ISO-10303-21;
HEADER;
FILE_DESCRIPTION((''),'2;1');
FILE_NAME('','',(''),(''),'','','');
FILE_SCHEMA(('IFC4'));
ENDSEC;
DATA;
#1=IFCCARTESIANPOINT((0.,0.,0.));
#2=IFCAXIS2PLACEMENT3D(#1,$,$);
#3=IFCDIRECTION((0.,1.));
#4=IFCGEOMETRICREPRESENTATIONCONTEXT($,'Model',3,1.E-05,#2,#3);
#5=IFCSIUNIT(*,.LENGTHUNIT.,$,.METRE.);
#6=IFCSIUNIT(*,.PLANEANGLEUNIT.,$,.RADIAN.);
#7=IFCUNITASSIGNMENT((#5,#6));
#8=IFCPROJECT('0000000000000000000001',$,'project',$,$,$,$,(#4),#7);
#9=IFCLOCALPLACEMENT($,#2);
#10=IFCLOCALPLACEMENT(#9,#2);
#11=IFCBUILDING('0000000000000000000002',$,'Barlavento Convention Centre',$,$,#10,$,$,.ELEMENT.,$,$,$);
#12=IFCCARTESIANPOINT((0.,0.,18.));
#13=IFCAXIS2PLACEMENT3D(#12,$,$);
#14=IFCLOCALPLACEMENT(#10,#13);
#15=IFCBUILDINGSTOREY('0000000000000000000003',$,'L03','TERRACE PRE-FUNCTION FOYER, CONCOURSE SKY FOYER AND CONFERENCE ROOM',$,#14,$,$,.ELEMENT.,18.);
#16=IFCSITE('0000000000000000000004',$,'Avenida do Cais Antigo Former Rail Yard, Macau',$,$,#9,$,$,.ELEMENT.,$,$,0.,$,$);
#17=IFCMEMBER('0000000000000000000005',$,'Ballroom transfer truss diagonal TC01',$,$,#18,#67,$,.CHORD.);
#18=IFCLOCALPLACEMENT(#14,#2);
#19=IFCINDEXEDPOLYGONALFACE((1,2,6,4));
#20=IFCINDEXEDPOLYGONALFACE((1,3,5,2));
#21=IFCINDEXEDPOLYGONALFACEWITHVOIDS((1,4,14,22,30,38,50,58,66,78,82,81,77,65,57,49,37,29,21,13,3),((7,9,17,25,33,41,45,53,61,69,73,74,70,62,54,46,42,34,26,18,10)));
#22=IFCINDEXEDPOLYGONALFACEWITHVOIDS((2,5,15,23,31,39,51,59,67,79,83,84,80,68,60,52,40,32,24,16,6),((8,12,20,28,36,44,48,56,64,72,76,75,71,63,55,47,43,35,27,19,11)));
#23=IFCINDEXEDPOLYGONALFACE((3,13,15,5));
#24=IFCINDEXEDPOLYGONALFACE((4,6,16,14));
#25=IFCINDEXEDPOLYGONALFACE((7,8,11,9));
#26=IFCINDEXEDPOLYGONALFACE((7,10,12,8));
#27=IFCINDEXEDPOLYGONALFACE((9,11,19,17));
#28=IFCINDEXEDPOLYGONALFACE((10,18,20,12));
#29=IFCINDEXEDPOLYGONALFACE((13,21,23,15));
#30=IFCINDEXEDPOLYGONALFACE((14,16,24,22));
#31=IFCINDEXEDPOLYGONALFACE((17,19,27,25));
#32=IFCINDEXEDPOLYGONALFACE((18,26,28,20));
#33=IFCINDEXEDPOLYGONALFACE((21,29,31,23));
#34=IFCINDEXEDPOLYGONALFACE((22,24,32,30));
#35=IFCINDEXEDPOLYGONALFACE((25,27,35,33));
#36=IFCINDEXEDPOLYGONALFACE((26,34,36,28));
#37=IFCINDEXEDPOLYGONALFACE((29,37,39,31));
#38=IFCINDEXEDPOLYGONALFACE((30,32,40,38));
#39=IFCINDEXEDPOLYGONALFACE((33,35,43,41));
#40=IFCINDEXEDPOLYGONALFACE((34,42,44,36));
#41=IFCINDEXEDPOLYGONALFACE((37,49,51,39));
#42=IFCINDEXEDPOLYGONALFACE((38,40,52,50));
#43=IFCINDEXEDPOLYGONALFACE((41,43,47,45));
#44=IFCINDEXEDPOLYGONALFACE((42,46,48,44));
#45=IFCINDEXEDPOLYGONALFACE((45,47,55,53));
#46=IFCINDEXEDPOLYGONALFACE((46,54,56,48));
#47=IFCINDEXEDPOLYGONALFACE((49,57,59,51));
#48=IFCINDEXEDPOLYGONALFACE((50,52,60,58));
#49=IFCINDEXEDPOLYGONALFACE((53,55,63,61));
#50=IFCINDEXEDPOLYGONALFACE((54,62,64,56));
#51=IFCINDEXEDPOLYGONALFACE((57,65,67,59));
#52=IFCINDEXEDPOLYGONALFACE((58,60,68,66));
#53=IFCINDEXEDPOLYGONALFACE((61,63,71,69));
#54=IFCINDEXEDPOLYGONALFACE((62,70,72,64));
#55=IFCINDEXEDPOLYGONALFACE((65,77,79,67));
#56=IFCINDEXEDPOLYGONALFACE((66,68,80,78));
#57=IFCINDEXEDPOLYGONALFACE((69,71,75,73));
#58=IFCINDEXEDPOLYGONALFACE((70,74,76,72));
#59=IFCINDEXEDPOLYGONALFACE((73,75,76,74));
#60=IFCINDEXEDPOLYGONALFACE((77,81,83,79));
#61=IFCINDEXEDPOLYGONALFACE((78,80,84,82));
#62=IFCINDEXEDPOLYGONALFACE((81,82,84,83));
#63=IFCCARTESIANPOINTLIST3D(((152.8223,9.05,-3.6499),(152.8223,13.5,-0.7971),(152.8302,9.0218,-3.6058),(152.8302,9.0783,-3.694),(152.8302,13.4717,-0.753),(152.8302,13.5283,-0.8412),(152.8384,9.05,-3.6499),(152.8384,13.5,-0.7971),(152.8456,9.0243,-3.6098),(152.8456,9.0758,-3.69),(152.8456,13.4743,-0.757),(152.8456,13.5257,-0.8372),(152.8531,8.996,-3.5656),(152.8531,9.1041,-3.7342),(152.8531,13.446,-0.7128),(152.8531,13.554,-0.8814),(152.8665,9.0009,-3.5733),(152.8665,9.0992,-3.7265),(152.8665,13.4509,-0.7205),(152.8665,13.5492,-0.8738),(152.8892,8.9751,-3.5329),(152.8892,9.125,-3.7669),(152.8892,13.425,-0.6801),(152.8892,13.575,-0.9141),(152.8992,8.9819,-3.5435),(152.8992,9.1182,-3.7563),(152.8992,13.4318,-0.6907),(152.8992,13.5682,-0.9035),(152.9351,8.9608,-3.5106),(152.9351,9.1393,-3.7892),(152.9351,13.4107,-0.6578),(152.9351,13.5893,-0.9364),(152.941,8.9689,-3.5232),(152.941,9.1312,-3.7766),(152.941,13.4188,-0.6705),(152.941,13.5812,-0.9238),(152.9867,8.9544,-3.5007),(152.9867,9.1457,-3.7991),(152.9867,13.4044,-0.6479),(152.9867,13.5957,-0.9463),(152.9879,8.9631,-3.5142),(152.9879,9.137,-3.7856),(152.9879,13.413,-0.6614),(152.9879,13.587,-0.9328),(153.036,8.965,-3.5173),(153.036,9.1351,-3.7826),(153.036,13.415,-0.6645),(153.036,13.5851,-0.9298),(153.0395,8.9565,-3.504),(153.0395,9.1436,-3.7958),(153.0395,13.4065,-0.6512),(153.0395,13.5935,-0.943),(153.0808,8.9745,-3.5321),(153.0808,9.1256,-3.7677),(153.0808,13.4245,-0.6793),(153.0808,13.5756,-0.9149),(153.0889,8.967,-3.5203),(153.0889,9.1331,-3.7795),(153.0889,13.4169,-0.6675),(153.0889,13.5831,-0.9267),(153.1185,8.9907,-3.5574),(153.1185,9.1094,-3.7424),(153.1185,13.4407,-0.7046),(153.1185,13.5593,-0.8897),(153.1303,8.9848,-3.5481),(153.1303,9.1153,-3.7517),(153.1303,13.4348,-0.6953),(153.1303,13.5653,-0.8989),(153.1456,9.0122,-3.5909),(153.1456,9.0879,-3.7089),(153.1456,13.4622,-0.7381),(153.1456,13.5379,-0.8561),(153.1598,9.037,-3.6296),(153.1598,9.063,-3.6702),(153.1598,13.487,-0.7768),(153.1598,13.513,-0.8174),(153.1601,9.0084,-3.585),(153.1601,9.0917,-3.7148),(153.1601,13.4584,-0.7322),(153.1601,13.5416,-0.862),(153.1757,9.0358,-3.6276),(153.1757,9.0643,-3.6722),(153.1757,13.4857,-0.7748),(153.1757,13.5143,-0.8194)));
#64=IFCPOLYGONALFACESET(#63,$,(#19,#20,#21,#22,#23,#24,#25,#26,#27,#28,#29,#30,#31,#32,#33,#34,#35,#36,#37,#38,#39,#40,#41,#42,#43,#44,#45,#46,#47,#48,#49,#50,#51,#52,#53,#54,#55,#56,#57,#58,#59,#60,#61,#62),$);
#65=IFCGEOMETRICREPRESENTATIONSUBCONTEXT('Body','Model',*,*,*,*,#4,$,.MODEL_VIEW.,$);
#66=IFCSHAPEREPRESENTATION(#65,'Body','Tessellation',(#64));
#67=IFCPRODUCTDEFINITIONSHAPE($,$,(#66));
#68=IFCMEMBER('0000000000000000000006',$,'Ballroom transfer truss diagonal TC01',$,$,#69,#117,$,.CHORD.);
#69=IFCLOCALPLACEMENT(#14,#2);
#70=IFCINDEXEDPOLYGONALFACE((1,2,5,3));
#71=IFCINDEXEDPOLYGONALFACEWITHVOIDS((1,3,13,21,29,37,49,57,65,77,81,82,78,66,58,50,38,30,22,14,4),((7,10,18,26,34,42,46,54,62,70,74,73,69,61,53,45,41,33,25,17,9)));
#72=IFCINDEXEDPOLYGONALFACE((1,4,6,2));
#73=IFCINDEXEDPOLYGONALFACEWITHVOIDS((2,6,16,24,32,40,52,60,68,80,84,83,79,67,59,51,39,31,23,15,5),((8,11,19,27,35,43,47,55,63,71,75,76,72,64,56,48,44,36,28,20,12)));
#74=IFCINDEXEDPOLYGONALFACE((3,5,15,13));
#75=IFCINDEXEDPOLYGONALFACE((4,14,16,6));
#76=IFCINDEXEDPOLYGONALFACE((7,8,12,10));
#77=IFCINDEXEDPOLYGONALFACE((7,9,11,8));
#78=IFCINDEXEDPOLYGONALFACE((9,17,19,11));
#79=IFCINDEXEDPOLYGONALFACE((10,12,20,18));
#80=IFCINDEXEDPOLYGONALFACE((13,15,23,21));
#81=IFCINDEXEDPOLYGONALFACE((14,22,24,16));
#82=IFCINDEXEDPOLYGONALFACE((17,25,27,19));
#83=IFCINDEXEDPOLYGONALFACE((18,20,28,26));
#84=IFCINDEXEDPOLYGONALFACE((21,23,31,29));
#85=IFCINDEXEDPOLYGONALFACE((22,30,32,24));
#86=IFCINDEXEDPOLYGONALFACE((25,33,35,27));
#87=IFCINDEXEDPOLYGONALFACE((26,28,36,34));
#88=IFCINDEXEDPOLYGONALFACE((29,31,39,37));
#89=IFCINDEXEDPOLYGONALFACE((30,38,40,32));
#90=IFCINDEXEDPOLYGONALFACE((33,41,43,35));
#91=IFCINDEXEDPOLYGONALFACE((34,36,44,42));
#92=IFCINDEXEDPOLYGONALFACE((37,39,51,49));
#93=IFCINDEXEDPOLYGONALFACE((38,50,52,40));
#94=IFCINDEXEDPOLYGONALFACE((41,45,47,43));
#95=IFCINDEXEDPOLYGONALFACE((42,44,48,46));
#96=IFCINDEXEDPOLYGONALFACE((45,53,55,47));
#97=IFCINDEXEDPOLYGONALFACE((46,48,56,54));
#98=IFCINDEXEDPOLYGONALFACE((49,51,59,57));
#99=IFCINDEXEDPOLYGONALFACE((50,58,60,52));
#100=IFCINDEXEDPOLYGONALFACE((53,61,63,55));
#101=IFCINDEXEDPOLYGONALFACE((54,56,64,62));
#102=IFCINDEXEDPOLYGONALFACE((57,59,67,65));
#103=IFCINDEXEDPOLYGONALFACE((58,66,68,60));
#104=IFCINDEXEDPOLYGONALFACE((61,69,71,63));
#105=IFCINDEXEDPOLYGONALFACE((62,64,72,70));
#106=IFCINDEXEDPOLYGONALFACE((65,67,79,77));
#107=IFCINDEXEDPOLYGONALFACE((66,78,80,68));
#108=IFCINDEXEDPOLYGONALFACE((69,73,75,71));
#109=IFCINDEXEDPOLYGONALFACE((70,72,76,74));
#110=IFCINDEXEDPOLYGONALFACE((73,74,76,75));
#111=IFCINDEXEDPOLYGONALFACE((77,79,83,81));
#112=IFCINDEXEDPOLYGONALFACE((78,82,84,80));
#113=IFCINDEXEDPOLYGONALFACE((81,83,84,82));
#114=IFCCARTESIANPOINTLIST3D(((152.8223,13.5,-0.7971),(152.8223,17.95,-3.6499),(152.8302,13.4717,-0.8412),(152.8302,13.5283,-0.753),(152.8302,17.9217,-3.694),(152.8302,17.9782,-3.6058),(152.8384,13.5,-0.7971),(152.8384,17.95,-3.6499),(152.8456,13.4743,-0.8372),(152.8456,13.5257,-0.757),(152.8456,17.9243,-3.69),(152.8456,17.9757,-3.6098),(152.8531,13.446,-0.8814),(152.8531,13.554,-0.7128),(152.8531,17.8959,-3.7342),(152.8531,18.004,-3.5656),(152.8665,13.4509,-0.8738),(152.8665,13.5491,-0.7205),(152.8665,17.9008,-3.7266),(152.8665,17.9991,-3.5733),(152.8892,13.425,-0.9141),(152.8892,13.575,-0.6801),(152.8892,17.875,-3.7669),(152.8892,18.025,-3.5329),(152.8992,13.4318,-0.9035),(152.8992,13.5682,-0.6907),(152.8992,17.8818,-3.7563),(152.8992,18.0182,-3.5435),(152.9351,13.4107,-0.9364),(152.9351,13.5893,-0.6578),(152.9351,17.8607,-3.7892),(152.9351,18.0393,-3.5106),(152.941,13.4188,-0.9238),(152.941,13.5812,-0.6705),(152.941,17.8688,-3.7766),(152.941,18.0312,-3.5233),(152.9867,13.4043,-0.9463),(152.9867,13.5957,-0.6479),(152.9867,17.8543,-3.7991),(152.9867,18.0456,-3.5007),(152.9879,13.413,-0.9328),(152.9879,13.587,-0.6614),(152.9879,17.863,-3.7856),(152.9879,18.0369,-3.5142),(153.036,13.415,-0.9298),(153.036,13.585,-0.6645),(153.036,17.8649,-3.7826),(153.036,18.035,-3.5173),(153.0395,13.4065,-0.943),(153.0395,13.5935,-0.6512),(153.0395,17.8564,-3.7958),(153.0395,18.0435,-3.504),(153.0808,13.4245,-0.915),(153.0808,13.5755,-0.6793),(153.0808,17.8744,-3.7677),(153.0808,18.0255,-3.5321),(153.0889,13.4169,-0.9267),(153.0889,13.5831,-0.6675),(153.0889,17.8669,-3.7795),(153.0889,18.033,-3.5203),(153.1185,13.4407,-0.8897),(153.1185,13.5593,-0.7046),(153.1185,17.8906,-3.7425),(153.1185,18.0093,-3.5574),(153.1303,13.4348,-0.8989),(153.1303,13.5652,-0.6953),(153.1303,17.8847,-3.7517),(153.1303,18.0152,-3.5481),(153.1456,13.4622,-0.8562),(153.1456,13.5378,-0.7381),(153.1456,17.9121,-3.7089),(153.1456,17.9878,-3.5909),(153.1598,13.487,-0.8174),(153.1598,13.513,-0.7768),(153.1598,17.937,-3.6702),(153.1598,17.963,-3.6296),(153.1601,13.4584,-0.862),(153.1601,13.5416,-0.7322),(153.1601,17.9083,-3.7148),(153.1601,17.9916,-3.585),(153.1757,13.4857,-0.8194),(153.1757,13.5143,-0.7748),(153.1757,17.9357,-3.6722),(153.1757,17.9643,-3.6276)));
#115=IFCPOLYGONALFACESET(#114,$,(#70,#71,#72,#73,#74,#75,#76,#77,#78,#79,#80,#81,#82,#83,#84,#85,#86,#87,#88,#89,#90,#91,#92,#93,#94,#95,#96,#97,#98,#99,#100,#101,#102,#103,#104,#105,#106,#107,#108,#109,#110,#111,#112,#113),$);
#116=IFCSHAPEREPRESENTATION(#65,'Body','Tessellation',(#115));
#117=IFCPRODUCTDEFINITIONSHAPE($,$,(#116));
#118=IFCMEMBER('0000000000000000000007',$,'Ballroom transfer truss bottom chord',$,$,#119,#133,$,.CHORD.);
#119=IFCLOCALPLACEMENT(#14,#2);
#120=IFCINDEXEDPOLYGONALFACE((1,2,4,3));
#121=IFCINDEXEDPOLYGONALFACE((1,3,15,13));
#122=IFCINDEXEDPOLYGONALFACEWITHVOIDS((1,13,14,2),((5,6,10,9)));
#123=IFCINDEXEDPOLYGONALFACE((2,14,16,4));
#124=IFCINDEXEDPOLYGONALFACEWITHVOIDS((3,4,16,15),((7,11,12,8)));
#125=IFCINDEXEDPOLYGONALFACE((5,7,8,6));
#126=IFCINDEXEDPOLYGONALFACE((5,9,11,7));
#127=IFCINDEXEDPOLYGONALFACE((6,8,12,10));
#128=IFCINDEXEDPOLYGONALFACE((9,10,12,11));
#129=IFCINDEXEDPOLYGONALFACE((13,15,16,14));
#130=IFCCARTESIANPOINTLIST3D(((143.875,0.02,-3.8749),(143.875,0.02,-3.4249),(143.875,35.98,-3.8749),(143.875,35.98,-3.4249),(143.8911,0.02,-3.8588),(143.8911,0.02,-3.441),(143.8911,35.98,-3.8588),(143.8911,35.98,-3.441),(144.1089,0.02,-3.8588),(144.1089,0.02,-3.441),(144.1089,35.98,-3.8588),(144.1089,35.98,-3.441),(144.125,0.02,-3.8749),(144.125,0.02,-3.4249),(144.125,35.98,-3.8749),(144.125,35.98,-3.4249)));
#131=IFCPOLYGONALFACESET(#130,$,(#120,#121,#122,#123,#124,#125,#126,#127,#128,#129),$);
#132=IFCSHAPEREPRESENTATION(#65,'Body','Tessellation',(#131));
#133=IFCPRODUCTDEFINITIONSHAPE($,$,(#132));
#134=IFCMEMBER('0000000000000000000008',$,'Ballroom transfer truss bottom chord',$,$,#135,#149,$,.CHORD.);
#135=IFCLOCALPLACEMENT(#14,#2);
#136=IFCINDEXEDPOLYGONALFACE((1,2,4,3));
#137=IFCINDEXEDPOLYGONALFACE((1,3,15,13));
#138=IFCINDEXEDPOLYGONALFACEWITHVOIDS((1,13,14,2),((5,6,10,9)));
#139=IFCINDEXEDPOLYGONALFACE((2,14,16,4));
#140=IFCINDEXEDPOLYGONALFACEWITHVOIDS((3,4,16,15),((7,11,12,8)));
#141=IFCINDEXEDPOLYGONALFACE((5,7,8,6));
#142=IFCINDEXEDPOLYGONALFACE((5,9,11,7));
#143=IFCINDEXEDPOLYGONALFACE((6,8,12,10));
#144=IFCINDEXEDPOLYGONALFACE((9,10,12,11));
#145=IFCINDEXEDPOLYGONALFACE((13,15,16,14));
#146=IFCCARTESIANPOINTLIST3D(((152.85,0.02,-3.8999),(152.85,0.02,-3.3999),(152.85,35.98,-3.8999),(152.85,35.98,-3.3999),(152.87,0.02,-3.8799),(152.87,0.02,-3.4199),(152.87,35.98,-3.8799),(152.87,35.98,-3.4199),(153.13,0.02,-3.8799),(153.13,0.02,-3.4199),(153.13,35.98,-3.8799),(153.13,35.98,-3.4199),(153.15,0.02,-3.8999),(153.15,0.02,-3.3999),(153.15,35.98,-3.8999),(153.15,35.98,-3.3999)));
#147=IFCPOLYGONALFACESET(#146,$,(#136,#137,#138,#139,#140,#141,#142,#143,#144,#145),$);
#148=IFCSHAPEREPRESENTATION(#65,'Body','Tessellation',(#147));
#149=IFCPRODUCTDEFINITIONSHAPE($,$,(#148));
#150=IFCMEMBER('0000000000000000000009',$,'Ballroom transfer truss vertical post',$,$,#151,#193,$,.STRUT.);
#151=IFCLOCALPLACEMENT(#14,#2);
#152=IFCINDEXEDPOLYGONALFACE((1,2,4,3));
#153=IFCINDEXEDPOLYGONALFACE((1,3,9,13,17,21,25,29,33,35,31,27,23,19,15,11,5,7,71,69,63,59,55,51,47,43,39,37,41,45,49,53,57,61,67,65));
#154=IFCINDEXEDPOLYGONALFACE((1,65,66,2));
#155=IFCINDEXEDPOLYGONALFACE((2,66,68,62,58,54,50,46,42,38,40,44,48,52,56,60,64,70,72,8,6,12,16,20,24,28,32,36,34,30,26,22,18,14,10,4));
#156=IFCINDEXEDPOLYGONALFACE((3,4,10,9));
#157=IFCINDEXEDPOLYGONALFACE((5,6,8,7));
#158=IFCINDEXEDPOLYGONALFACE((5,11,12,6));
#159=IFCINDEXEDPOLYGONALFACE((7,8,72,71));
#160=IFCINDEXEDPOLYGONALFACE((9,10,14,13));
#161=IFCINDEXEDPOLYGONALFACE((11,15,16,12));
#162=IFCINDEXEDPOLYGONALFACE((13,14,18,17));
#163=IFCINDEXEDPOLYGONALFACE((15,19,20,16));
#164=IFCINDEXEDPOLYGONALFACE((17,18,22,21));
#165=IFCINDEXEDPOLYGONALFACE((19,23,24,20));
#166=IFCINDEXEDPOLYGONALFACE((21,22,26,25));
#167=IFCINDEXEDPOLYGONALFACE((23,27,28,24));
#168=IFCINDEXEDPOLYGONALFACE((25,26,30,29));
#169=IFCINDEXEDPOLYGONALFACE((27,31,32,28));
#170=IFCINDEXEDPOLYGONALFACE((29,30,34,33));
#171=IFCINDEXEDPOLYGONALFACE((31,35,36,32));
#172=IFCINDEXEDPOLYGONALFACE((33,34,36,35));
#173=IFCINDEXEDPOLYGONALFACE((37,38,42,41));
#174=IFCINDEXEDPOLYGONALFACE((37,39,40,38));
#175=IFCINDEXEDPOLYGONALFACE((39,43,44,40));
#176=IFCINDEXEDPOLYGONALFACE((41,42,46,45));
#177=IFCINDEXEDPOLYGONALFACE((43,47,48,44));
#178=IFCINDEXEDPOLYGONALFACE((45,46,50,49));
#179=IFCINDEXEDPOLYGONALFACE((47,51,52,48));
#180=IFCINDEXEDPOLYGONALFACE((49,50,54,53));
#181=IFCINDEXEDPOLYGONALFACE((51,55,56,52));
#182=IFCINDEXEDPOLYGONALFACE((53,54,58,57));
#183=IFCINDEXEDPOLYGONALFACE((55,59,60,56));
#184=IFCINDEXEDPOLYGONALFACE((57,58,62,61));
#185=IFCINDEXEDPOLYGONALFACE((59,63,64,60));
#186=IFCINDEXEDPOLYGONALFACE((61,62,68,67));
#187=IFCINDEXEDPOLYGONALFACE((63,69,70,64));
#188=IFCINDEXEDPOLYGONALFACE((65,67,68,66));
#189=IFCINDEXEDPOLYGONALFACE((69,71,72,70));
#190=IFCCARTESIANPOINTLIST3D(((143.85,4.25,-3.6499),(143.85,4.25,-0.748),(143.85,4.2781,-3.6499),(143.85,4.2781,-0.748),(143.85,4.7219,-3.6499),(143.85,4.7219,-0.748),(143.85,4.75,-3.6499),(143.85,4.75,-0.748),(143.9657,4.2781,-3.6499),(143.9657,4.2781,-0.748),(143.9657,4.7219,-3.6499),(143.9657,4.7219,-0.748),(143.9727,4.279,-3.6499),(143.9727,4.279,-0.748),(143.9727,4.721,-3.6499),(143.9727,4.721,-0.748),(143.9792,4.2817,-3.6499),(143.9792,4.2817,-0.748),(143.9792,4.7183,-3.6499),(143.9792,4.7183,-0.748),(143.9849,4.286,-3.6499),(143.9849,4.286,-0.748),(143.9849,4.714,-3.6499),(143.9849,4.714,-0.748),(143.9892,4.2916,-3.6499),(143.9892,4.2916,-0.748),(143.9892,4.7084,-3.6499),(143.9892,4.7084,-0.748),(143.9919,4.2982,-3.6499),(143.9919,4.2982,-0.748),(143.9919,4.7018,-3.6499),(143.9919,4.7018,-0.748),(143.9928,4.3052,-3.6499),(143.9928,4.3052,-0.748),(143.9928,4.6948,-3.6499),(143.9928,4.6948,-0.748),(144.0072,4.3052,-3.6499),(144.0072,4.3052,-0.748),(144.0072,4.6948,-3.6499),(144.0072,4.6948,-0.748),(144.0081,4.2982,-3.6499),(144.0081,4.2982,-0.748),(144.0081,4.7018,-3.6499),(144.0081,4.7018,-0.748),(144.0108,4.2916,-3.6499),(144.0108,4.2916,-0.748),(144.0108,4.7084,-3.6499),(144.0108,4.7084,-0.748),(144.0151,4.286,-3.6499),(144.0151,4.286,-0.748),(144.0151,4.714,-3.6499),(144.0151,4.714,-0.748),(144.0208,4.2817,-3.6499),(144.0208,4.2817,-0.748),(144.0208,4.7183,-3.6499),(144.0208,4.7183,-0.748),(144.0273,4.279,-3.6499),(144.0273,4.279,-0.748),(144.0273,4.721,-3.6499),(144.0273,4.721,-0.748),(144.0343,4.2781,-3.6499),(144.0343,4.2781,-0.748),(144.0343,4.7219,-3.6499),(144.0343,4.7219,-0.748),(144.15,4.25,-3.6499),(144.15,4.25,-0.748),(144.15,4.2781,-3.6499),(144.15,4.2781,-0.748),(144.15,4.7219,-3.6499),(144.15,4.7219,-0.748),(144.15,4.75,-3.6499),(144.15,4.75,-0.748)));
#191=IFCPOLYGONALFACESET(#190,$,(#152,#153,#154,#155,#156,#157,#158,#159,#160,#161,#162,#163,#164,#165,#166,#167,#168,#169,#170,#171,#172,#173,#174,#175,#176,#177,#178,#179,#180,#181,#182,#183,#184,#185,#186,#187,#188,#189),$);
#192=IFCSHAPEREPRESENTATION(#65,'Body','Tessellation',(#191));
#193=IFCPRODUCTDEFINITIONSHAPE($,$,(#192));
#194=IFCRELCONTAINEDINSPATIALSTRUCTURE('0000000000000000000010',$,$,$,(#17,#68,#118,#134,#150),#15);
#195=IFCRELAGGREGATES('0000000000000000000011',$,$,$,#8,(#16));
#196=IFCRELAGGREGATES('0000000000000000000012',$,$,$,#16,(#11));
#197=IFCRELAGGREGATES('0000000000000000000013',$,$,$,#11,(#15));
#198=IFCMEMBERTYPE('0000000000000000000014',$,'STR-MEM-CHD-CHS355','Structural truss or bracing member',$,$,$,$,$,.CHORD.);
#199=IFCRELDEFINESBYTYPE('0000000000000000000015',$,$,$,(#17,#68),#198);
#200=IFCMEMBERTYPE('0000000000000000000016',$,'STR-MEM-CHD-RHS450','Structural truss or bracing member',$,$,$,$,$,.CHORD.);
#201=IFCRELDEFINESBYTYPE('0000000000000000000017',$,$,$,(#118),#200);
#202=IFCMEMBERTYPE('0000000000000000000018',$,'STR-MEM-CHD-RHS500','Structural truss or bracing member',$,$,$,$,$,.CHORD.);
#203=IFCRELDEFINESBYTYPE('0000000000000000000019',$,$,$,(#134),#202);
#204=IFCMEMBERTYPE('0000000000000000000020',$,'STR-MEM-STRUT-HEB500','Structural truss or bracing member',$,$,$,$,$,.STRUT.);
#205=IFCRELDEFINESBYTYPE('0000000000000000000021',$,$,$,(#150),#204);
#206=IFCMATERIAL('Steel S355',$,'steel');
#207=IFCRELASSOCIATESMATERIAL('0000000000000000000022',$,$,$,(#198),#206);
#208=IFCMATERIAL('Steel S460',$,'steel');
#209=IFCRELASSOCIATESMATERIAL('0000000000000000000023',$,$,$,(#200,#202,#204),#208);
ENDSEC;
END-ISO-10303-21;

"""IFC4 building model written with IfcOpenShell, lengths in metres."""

from ifc_helpers import new_model, si_unit, direction, frame, origin, origin_2d, place, context, subcontext, project, spatial, hollow_rectangle, hollow_circle, i_section, extrude, material, material_profile, profile_set, type_object, element, save


model = new_model("IFC4")

# Units and contexts
model_context = context("Model", 3, precision=1e-05, world=origin(), true_north=direction((0.0, 1.0)))
body_context = subcontext(model_context, "Body", "Model", "MODEL_VIEW")
ifc_project = project(units=[si_unit("LENGTHUNIT", "METRE"), si_unit("PLANEANGLEUNIT", "RADIAN")], contexts=[model_context])

# Site, building, storey
site_placement = place(None, origin())
site = spatial("IfcSite", under=ifc_project, at=site_placement, Name="Avenida do Cais Antigo Former Rail Yard, Macau", CompositionType="ELEMENT", RefElevation=0.0)
building_placement = place(site_placement, origin())
building = spatial("IfcBuilding", under=site, at=building_placement, Name="Barlavento Convention Centre", CompositionType="ELEMENT")
storey_placement = place(building_placement, frame((0.0, 0.0, 18.0)))
storey = spatial("IfcBuildingStorey", under=building, at=storey_placement, Name="L03", Description="TERRACE PRE-FUNCTION FOYER, CONCOURSE SKY FOYER AND CONFERENCE ROOM", CompositionType="ELEMENT", Elevation=18.0)

# Shared definitions
ifc_material_1 = material(Name="Steel S355", Category="steel")
ifc_material_2 = material(Name="Steel S460", Category="steel")

# Members
ifc_material_profile_1 = material_profile(ifc_material_1, hollow_circle(Radius=0.1777, WallThickness=0.0161, at=origin_2d()), Name="CHS 355.6x16.0")
ifc_profile_set_1 = profile_set([ifc_material_profile_1], Name="Steel S355")
member_type_1 = type_object("IfcMemberType", Name="STR-MEM-CHD-CHS355", Description="Structural truss or bracing member", PredefinedType="CHORD", material=ifc_profile_set_1)
for number, where, z_axis, x_axis, name in (
    (1, (153.0, 9.05, -3.6499), (0.0, 0.841858, 0.5397), (-1.0, 0.0, 0.0), "Ballroom transfer truss diagonal TC01"),
    (2, (153.0, 13.5, -0.7971), (0.0, 0.841858, -0.5397), (-1.0, 0.0, 0.0), "Ballroom transfer truss diagonal TC01"),
):
    element("IfcMember", number, at=place(storey_placement, frame(where, z_axis=z_axis, x_axis=x_axis)), inside=storey, type_object=member_type_1, Name=name, PredefinedType="CHORD", context=body_context, shape_type="SweptSolid", body=[
        extrude(hollow_circle(Radius=0.1777, WallThickness=0.0161, at=origin_2d()), origin(), (0.0, 0.0, 1.0), 5.2859),
    ])
ifc_material_profile_2 = material_profile(ifc_material_2, hollow_rectangle(XDim=0.25, YDim=0.45, WallThickness=0.0161, at=origin_2d()), Name="RHS 450x250x16.0")
ifc_profile_set_2 = profile_set([ifc_material_profile_2], Name="Steel S460")
member_type_2 = type_object("IfcMemberType", Name="STR-MEM-CHD-RHS450", Description="Structural truss or bracing member", PredefinedType="CHORD", material=ifc_profile_set_2)
member_1_placement = place(storey_placement, frame((144.0, 0.02, -3.6499), z_axis=(0.0, 1.0, 0.0), x_axis=(-1.0, 0.0, 0.0)))
element("IfcMember", 3, at=member_1_placement, inside=storey, type_object=member_type_2, Name="Ballroom transfer truss bottom chord", PredefinedType="CHORD", context=body_context, shape_type="SweptSolid", body=[
    extrude(hollow_rectangle(XDim=0.25, YDim=0.45, WallThickness=0.0161, at=origin_2d()), origin(), (0.0, 0.0, 1.0), 35.96),
])
ifc_material_profile_3 = material_profile(ifc_material_2, hollow_rectangle(XDim=0.3, YDim=0.5, WallThickness=0.02, at=origin_2d()), Name="RHS 500x300x20.0")
ifc_profile_set_3 = profile_set([ifc_material_profile_3], Name="Steel S460")
member_type_3 = type_object("IfcMemberType", Name="STR-MEM-CHD-RHS500", Description="Structural truss or bracing member", PredefinedType="CHORD", material=ifc_profile_set_3)
member_2_placement = place(storey_placement, frame((153.0, 0.02, -3.6499), z_axis=(0.0, 1.0, 0.0), x_axis=(-1.0, 0.0, 0.0)))
element("IfcMember", 4, at=member_2_placement, inside=storey, type_object=member_type_3, Name="Ballroom transfer truss bottom chord", PredefinedType="CHORD", context=body_context, shape_type="SweptSolid", body=[
    extrude(hollow_rectangle(XDim=0.3, YDim=0.5, WallThickness=0.02, at=origin_2d()), origin(), (0.0, 0.0, 1.0), 35.96),
])
ifc_material_profile_4 = material_profile(ifc_material_2, i_section(OverallWidth=0.3, OverallDepth=0.5, WebThickness=0.0144, FlangeThickness=0.0281, FilletRadius=0.0271, at=origin_2d()), Name="HEB 500")
ifc_profile_set_4 = profile_set([ifc_material_profile_4], Name="Steel S460")
member_type_4 = type_object("IfcMemberType", Name="STR-MEM-STRUT-HEB500", Description="Structural truss or bracing member", PredefinedType="STRUT", material=ifc_profile_set_4)
for number, where, z_axis, x_axis, name in (
    (5, (144.0, 4.5, -3.6499), (0.0, 0.0, 1.0), (1.0, 0.0, 0.0), "Ballroom transfer truss vertical post"),
):
    element("IfcMember", number, at=place(storey_placement, frame(where, z_axis=z_axis, x_axis=x_axis)), inside=storey, type_object=member_type_4, Name=name, PredefinedType="STRUT", context=body_context, shape_type="SweptSolid", body=[
        extrude(i_section(OverallWidth=0.3, OverallDepth=0.5, WebThickness=0.0144, FlangeThickness=0.0281, FilletRadius=0.0271, at=origin_2d()), origin(), (0.0, 0.0, 1.0), 2.9019),
    ])

save(model, "model.ifc")
